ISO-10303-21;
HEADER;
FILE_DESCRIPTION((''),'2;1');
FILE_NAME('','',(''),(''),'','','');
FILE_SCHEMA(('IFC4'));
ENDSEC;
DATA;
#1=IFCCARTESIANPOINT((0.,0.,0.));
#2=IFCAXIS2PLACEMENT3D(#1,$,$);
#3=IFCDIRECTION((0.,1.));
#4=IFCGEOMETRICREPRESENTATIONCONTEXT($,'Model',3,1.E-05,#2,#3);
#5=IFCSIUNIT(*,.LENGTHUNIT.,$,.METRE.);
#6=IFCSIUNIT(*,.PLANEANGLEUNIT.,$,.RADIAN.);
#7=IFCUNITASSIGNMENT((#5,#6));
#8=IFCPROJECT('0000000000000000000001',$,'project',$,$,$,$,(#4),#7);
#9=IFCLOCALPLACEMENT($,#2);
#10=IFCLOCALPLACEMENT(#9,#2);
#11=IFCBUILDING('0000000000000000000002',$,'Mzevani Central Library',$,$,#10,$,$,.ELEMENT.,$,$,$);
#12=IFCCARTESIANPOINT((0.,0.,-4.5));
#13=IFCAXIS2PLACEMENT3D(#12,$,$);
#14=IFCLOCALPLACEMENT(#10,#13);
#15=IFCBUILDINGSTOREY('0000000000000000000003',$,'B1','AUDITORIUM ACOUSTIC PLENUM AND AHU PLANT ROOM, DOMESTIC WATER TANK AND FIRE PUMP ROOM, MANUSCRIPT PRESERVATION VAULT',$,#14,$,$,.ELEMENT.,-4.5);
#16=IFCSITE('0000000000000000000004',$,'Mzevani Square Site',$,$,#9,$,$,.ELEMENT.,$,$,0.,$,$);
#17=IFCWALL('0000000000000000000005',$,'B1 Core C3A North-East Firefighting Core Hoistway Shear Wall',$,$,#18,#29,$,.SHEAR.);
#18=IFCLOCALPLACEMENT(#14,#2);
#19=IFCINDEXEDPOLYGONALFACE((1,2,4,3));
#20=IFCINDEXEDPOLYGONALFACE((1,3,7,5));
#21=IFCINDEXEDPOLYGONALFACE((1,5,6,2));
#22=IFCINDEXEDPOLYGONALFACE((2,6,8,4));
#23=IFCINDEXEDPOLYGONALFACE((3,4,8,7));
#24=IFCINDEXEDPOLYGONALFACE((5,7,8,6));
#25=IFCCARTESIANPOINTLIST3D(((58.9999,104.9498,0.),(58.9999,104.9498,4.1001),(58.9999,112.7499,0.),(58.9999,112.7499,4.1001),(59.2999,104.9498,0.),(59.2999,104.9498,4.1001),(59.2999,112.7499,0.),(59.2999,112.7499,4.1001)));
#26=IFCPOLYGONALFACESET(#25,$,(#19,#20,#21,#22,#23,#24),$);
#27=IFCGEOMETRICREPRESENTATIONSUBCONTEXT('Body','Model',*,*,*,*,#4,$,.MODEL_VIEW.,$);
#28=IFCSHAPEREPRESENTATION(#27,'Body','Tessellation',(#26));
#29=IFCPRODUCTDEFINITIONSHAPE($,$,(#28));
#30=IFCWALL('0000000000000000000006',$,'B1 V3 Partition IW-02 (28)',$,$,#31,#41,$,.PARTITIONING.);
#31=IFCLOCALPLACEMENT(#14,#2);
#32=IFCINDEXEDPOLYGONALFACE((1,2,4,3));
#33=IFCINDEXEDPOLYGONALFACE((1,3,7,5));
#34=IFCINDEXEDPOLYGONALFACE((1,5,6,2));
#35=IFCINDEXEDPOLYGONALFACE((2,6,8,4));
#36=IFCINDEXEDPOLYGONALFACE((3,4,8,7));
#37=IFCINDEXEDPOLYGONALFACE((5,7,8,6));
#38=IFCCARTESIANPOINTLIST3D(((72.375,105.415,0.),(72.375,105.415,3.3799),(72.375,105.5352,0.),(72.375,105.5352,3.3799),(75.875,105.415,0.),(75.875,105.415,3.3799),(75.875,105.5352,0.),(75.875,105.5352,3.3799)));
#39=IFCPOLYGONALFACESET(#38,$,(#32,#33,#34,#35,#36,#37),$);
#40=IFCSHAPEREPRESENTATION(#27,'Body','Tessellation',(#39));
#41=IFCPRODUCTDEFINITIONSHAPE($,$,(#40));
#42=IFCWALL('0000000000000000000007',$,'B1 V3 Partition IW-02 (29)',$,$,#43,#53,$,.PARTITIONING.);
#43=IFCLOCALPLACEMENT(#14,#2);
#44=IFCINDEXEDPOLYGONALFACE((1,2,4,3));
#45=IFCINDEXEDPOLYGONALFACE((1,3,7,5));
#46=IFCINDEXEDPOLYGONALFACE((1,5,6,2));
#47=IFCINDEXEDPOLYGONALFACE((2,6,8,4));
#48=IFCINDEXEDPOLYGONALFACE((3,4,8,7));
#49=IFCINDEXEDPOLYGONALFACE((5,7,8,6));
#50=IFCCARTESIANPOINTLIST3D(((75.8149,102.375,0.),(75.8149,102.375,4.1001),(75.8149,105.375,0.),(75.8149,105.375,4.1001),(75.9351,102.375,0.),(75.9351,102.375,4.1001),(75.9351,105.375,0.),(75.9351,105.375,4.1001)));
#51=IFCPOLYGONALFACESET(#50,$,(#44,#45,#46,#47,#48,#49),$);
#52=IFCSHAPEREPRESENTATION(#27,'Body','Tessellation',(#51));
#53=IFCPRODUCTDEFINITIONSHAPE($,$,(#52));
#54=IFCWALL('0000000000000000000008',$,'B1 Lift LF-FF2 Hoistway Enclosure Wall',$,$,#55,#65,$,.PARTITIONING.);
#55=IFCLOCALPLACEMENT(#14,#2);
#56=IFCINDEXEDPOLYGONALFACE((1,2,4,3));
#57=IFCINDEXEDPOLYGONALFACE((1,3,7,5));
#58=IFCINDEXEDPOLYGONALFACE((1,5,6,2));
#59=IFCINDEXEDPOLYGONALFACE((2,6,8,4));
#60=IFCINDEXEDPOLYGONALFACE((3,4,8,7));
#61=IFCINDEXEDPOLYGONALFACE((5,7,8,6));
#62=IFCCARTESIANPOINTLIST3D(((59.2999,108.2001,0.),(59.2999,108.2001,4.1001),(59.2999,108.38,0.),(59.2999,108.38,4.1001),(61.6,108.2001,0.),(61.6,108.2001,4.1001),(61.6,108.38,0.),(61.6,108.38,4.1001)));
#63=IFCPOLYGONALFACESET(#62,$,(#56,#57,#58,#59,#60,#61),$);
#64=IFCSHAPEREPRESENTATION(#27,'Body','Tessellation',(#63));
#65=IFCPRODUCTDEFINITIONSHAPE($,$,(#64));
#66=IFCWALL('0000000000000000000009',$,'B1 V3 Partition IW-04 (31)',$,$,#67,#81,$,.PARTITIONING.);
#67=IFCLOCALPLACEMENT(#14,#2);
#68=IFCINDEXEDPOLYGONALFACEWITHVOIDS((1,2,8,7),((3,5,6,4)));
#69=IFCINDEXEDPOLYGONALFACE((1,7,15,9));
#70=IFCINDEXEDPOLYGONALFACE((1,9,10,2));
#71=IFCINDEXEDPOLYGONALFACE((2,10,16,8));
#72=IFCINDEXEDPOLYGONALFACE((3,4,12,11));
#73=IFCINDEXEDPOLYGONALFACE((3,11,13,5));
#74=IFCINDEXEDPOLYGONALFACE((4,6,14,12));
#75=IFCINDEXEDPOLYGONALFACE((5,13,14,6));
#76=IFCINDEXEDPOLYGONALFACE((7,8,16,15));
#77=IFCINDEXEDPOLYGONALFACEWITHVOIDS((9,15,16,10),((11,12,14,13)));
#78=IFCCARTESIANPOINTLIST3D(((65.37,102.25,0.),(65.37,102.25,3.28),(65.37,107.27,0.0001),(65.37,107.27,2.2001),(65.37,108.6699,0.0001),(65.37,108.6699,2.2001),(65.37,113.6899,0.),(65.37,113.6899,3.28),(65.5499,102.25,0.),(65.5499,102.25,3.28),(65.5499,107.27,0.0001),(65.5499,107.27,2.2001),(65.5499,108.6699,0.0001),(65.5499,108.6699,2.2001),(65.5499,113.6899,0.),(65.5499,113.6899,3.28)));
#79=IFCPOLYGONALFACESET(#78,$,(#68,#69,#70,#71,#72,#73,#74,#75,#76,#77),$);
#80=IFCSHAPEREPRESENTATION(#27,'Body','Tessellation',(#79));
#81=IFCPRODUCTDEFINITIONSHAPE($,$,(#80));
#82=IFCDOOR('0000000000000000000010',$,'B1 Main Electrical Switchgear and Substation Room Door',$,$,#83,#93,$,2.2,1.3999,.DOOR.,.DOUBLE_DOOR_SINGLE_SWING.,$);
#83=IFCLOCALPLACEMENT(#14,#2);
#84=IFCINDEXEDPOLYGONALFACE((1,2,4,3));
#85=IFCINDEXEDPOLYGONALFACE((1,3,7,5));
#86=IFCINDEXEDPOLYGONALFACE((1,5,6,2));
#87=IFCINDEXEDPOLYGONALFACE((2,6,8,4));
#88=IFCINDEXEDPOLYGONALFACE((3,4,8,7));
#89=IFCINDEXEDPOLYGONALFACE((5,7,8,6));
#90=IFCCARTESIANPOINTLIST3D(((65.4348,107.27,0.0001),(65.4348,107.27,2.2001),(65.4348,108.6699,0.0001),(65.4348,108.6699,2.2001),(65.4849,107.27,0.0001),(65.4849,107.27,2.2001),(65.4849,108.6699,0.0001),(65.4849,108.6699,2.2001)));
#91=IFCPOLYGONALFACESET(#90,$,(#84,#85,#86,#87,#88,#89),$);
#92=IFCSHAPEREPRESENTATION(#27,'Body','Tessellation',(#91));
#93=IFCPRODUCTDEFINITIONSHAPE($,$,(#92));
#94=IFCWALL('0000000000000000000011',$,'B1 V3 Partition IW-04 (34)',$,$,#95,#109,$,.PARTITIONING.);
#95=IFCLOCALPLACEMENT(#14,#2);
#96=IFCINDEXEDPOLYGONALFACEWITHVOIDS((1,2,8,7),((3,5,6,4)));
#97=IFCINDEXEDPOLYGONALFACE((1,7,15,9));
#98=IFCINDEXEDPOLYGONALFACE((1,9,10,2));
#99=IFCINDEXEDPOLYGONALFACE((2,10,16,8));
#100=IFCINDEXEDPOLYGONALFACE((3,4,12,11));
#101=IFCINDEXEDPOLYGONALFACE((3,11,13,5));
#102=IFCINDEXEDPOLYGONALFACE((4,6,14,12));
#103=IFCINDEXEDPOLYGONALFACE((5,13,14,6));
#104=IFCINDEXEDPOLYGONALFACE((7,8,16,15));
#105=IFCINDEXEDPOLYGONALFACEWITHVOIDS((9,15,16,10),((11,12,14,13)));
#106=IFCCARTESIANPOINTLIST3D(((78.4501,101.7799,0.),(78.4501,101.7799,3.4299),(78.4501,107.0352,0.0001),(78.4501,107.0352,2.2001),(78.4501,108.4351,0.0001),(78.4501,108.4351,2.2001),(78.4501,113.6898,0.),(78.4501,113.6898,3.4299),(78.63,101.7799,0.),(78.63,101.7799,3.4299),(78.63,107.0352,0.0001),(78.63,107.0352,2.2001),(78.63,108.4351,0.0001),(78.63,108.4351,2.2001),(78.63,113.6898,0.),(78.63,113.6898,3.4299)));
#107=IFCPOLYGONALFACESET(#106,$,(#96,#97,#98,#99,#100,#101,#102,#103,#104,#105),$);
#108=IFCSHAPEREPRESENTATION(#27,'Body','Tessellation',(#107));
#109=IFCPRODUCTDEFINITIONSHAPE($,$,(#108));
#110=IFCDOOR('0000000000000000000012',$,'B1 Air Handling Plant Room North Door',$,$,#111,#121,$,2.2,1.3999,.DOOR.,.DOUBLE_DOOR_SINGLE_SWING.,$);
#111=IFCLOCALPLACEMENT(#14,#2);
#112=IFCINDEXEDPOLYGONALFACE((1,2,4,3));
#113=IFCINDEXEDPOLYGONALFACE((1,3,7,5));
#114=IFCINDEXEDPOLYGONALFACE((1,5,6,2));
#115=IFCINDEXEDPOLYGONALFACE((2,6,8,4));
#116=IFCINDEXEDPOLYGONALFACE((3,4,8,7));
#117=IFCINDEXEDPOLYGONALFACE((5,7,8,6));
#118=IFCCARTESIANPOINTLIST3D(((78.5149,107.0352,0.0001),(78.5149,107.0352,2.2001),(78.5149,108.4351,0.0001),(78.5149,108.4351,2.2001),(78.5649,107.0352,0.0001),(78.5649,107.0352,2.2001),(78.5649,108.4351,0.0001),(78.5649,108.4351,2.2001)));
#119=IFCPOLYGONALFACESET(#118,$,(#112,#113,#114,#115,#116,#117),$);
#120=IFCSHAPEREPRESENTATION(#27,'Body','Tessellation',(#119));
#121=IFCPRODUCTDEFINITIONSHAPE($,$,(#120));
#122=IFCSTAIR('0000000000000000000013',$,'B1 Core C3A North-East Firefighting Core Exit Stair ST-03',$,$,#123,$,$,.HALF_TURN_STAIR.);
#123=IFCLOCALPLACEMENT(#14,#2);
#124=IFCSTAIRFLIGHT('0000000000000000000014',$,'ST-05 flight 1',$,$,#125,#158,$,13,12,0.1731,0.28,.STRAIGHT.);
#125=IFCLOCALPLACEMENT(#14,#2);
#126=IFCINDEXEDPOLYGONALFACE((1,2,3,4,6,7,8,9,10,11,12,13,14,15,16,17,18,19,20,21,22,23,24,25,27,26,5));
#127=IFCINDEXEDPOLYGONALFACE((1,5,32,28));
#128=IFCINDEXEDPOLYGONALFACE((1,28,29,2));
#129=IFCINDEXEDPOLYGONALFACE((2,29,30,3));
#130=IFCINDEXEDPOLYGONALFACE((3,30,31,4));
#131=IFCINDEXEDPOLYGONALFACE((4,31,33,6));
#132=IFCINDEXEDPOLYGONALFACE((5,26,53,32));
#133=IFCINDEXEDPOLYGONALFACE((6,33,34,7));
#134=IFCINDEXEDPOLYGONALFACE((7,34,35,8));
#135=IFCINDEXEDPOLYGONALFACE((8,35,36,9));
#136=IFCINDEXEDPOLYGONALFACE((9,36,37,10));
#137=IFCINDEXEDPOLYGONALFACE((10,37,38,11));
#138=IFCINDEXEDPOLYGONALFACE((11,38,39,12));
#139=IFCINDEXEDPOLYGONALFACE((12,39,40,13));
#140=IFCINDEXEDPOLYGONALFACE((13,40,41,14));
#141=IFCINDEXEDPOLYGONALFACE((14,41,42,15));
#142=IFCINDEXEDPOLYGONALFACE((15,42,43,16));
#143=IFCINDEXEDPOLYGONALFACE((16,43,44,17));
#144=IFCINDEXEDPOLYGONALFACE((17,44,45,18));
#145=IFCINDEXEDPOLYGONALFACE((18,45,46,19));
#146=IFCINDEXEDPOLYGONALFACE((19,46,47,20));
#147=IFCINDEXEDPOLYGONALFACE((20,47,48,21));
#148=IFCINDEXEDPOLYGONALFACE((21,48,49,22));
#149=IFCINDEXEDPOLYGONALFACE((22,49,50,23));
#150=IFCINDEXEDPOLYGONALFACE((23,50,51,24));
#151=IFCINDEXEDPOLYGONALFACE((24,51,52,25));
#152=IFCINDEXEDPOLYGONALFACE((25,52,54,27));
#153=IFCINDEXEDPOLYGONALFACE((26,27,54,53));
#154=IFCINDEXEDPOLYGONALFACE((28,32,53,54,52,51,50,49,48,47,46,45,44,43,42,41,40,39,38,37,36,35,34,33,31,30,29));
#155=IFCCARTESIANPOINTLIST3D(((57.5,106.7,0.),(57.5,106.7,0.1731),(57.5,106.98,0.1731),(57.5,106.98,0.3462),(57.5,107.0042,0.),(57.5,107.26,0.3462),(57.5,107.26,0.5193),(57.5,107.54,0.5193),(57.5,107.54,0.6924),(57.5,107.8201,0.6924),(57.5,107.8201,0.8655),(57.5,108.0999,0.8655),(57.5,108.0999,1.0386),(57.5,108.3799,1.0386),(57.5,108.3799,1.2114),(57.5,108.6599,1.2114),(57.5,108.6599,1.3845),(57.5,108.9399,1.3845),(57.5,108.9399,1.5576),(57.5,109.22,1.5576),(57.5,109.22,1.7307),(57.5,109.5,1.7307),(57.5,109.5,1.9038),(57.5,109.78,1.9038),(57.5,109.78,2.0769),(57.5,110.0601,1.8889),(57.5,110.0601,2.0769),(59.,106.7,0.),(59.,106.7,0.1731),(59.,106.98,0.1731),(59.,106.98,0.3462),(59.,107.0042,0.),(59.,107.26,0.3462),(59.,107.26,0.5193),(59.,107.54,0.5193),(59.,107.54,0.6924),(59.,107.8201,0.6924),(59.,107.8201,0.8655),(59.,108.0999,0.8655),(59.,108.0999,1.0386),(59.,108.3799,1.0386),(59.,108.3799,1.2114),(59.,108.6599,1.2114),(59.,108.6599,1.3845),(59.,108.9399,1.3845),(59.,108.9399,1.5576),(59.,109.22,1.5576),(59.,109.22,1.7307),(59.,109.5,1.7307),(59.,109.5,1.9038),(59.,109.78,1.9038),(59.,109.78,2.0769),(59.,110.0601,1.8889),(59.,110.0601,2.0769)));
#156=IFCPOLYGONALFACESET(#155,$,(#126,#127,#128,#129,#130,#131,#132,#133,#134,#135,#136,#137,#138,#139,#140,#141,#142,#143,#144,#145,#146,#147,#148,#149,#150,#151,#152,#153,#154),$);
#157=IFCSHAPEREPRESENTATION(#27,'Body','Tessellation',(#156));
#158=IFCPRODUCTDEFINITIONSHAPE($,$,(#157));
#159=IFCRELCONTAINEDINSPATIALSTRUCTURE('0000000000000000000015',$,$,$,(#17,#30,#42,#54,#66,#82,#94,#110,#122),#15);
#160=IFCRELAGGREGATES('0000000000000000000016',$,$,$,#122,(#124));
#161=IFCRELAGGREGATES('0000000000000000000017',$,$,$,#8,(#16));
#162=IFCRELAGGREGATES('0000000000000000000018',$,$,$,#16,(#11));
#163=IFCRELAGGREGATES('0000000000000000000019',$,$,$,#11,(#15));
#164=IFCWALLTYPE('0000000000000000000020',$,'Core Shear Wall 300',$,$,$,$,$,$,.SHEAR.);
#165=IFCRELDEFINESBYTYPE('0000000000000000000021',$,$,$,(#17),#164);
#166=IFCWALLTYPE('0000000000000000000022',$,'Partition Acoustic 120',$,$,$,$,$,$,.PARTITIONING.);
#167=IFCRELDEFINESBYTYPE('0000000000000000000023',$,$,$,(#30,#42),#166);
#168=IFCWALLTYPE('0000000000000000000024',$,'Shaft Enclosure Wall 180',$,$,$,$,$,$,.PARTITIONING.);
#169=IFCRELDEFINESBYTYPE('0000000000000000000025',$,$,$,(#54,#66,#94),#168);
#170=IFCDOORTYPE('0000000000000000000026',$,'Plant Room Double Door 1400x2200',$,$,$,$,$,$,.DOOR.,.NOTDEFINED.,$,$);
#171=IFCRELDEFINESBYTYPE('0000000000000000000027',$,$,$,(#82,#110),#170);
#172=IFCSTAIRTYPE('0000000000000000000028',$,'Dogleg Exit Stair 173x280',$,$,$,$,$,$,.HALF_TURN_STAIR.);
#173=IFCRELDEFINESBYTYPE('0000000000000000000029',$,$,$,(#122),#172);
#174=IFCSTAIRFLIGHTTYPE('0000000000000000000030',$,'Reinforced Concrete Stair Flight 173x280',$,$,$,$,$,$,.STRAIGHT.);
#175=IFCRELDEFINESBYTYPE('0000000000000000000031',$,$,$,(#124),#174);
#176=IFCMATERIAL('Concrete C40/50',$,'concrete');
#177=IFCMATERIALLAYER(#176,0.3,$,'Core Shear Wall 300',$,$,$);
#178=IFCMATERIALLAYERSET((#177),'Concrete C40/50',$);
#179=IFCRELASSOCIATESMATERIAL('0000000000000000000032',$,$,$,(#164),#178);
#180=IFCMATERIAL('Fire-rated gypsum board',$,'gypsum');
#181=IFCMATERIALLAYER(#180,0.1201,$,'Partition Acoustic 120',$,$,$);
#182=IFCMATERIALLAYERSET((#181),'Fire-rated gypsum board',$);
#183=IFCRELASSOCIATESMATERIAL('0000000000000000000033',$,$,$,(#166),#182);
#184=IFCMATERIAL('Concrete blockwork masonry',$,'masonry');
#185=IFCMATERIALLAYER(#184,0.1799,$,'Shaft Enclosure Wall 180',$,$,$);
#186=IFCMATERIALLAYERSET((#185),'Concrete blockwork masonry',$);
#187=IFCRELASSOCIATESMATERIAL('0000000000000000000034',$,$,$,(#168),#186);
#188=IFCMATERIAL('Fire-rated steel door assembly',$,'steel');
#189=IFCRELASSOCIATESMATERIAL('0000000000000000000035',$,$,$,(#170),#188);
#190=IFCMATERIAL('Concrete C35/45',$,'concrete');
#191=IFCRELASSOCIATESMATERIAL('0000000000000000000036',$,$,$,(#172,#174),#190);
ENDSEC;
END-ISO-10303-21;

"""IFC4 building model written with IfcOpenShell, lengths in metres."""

from ifc_helpers import new_model, si_unit, direction, frame, frame_2d, origin, place, context, subcontext, project, spatial, polyline, rectangle, outline, extrude, material, layer, layer_set, type_object, element, fill, aggregate, save


model = new_model("IFC4")

# Units and contexts
model_context = context("Model", 3, precision=1e-05, world=origin(), true_north=direction((0.0, 1.0)))
body_context = subcontext(model_context, "Body", "Model", "MODEL_VIEW")
ifc_project = project(units=[si_unit("LENGTHUNIT", "METRE"), si_unit("PLANEANGLEUNIT", "RADIAN")], contexts=[model_context])

# Site, building, storey
site_placement = place(None, origin())
site = spatial("IfcSite", under=ifc_project, at=site_placement, Name="Mzevani Square Site", CompositionType="ELEMENT", RefElevation=0.0)
building_placement = place(site_placement, origin())
building = spatial("IfcBuilding", under=site, at=building_placement, Name="Mzevani Central Library", CompositionType="ELEMENT")
storey_placement = place(building_placement, frame((0.0, 0.0, -4.5)))
storey = spatial("IfcBuildingStorey", under=building, at=storey_placement, Name="B1", Description="AUDITORIUM ACOUSTIC PLENUM AND AHU PLANT ROOM, DOMESTIC WATER TANK AND FIRE PUMP ROOM, MANUSCRIPT PRESERVATION VAULT", CompositionType="ELEMENT", Elevation=-4.5)

# Shared definitions
ifc_material_1 = material(Name="Concrete C40/50", Category="concrete")

# Shared definitions
ifc_layer_1 = layer(ifc_material_1, 0.3, Name="Core Shear Wall 300")
ifc_layer_set_1 = layer_set([ifc_layer_1], Name="Concrete C40/50")
wall_type_1 = type_object("IfcWallType", Name="Core Shear Wall 300", PredefinedType="SHEAR", material=ifc_layer_set_1)
ifc_material_2 = material(Name="Fire-rated steel door assembly", Category="steel")

# Walls
wall_1_placement = place(storey_placement, frame((59.1499, 104.95, 0.0), z_axis=(0.0, 0.0, 1.0), x_axis=(0.0, 1.0, 0.0)))
element("IfcWall", 1, at=wall_1_placement, inside=storey, type_object=wall_type_1, Name="B1 Core C3A North-East Firefighting Core Hoistway Shear Wall", PredefinedType="SHEAR", context=body_context, shape_type="SweptSolid", body=[
    extrude(rectangle(XDim=7.8, YDim=0.3, at=frame_2d((3.8999, 0.0))), origin(), (0.0, 0.0, 1.0), 4.1001),
])
ifc_material_3 = material(Name="Fire-rated gypsum board", Category="gypsum")
ifc_layer_2 = layer(ifc_material_3, 0.1201, Name="Partition Acoustic 120")
ifc_layer_set_2 = layer_set([ifc_layer_2], Name="Fire-rated gypsum board")
wall_type_2 = type_object("IfcWallType", Name="Partition Acoustic 120", PredefinedType="PARTITIONING", material=ifc_layer_set_2)
wall_2_placement = place(storey_placement, frame((72.375, 105.4751, 0.0), z_axis=(0.0, 0.0, 1.0), x_axis=(1.0, 0.0, 0.0)))
element("IfcWall", 2, at=wall_2_placement, inside=storey, type_object=wall_type_2, Name="B1 V3 Partition IW-02 (28)", PredefinedType="PARTITIONING", context=body_context, shape_type="SweptSolid", body=[
    extrude(rectangle(XDim=3.5, YDim=0.1201, at=frame_2d((1.75, 0.0))), origin(), (0.0, 0.0, 1.0), 3.3799),
])
wall_3_placement = place(storey_placement, frame((75.875, 105.375, 0.0), z_axis=(0.0, 0.0, 1.0), x_axis=(0.0, -1.0, 0.0)))
element("IfcWall", 3, at=wall_3_placement, inside=storey, type_object=wall_type_2, Name="B1 V3 Partition IW-02 (29)", PredefinedType="PARTITIONING", context=body_context, shape_type="SweptSolid", body=[
    extrude(rectangle(XDim=3.0, YDim=0.1201, at=frame_2d((1.5, 0.0))), origin(), (0.0, 0.0, 1.0), 4.1001),
])
ifc_material_4 = material(Name="Concrete blockwork masonry", Category="masonry")
ifc_layer_3 = layer(ifc_material_4, 0.1799, Name="Shaft Enclosure Wall 180")
ifc_layer_set_3 = layer_set([ifc_layer_3], Name="Concrete blockwork masonry")
wall_type_3 = type_object("IfcWallType", Name="Shaft Enclosure Wall 180", PredefinedType="PARTITIONING", material=ifc_layer_set_3)
wall_4_placement = place(storey_placement, frame((59.3, 108.29, 0.0), z_axis=(0.0, 0.0, 1.0), x_axis=(1.0, 0.0, 0.0)))
element("IfcWall", 4, at=wall_4_placement, inside=storey, type_object=wall_type_3, Name="B1 Lift LF-FF2 Hoistway Enclosure Wall", PredefinedType="PARTITIONING", context=body_context, shape_type="SweptSolid", body=[
    extrude(rectangle(XDim=2.3, YDim=0.1799, at=frame_2d((1.1499, 0.0))), origin(), (0.0, 0.0, 1.0), 4.1001),
])

# Walls, openings, doors
wall_5_placement = place(storey_placement, frame((65.46, 113.6899, 0.0), z_axis=(0.0, 0.0, 1.0), x_axis=(0.0, -1.0, 0.0)))
wall_5 = element("IfcWall", 5, at=wall_5_placement, inside=storey, type_object=wall_type_3, Name="B1 V3 Partition IW-04 (31)", PredefinedType="PARTITIONING", context=body_context, shape_type="SweptSolid", body=[
    extrude(rectangle(XDim=11.4399, YDim=0.1799, at=frame_2d((5.72, 0.0))), origin(), (0.0, 0.0, 1.0), 3.28),
])
opening_1_placement = place(wall_5_placement, frame((5.02, 0.0, 0.0)))
opening_1 = element("IfcOpeningElement", 6, at=opening_1_placement, cuts=wall_5, PredefinedType="OPENING", context=body_context, shape_type="SweptSolid", body=[
    extrude(rectangle(XDim=1.3999, YDim=2.2, at=frame_2d((0.7, 1.1001))), frame((0.0, 0.1001, 0.0), z_axis=(0.0, -1.0, 0.0), x_axis=(1.0, 0.0, 0.0)), (0.0, 0.0, 1.0), 0.2),
])
door_type_1 = type_object("IfcDoorType", Name="Plant Room Double Door 1400x2200", OperationType="NOTDEFINED", PredefinedType="DOOR", material=ifc_material_2)
door_1_placement = place(opening_1_placement, origin())
door_1 = element("IfcDoor", 7, at=door_1_placement, inside=storey, type_object=door_type_1, Name="B1 Main Electrical Switchgear and Substation Room Door", OperationType="DOUBLE_DOOR_SINGLE_SWING", OverallHeight=2.2, OverallWidth=1.3999, PredefinedType="DOOR", context=body_context, shape_type="SweptSolid", body=[
    extrude(rectangle(XDim=1.3999, YDim=2.2, at=frame_2d((0.7, 1.1001))), frame((0.0, 0.0249, 0.0), z_axis=(0.0, -1.0, 0.0), x_axis=(1.0, 0.0, 0.0)), (0.0, 0.0, 1.0), 0.05),
])
fill(opening_1, door_1)
wall_6_placement = place(storey_placement, frame((78.54, 113.6899, 0.0), z_axis=(0.0, 0.0, 1.0), x_axis=(0.0, -1.0, 0.0)))
wall_6 = element("IfcWall", 8, at=wall_6_placement, inside=storey, type_object=wall_type_3, Name="B1 V3 Partition IW-04 (34)", PredefinedType="PARTITIONING", context=body_context, shape_type="SweptSolid", body=[
    extrude(rectangle(XDim=11.9099, YDim=0.1799, at=frame_2d((5.9551, 0.0))), origin(), (0.0, 0.0, 1.0), 3.4299),
])
opening_2_placement = place(wall_6_placement, frame((5.2549, 0.0, 0.0)))
opening_2 = element("IfcOpeningElement", 9, at=opening_2_placement, cuts=wall_6, PredefinedType="OPENING", context=body_context, shape_type="SweptSolid", body=[
    extrude(rectangle(XDim=1.3999, YDim=2.2, at=frame_2d((0.7, 1.1001))), frame((0.0, 0.1001, 0.0), z_axis=(0.0, -1.0, 0.0), x_axis=(1.0, 0.0, 0.0)), (0.0, 0.0, 1.0), 0.2),
])
door_2_placement = place(opening_2_placement, origin())
door_2 = element("IfcDoor", 10, at=door_2_placement, inside=storey, type_object=door_type_1, Name="B1 Air Handling Plant Room North Door", OperationType="DOUBLE_DOOR_SINGLE_SWING", OverallHeight=2.2, OverallWidth=1.3999, PredefinedType="DOOR", context=body_context, shape_type="SweptSolid", body=[
    extrude(rectangle(XDim=1.3999, YDim=2.2, at=frame_2d((0.7, 1.1001))), frame((0.0, 0.0249, 0.0), z_axis=(0.0, -1.0, 0.0), x_axis=(1.0, 0.0, 0.0)), (0.0, 0.0, 1.0), 0.05),
])
fill(opening_2, door_2)

# Stair, stair flight
ifc_material_5 = material(Name="Concrete C35/45", Category="concrete")
stair_type = type_object("IfcStairType", Name="Dogleg Exit Stair 173x280", PredefinedType="HALF_TURN_STAIR", material=ifc_material_5)
stair_placement = place(storey_placement, origin())
stair = element("IfcStair", 11, at=stair_placement, inside=storey, type_object=stair_type, Name="B1 Core C3A North-East Firefighting Core Exit Stair ST-03", PredefinedType="HALF_TURN_STAIR")
stair_flight_type = type_object("IfcStairFlightType", Name="Reinforced Concrete Stair Flight 173x280", PredefinedType="STRAIGHT", material=ifc_material_5)
stair_flight_placement = place(storey_placement, frame((58.25, 106.7, 0.0), z_axis=(0.0, 0.0, 1.0), x_axis=(0.0, 1.0, 0.0)))
stair_flight = element("IfcStairFlight", 12, at=stair_flight_placement, type_object=stair_flight_type, Name="ST-05 flight 1", NumberOfRisers=13, NumberOfTreads=12, PredefinedType="STRAIGHT", RiserHeight=0.1731, TreadLength=0.28, context=body_context, shape_type="SweptSolid", body=[
    extrude(outline(polyline([(0.0, 0.0), (0.0, 0.1731), (0.28, 0.1731), (0.28, 0.3462), (0.5601, 0.3462), (0.5601, 0.5193), (0.8401, 0.5193), (0.8401, 0.6924), (1.1201, 0.6924), (1.1201, 0.8655), (1.3999, 0.8655), (1.3999, 1.0386), (1.6799, 1.0386), (1.6799, 1.2114), (1.96, 1.2114), (1.96, 1.3845), (2.24, 1.3845), (2.24, 1.5576), (2.52, 1.5576), (2.52, 1.7307), (2.8, 1.7307), (2.8, 1.9038), (3.0801, 1.9038), (3.0801, 2.0769), (3.3601, 2.0769), (3.3601, 2.25), (3.3601, 1.8889), (0.3042, 0.0), (0.0, 0.0)])), frame((0.0, 0.75, 0.0), z_axis=(0.0, -1.0, 0.0), x_axis=(1.0, 0.0, 0.0)), (0.0, 0.0, 1.0), 1.5),
])
aggregate(stair, [stair_flight])

save(model, "model.ifc")
